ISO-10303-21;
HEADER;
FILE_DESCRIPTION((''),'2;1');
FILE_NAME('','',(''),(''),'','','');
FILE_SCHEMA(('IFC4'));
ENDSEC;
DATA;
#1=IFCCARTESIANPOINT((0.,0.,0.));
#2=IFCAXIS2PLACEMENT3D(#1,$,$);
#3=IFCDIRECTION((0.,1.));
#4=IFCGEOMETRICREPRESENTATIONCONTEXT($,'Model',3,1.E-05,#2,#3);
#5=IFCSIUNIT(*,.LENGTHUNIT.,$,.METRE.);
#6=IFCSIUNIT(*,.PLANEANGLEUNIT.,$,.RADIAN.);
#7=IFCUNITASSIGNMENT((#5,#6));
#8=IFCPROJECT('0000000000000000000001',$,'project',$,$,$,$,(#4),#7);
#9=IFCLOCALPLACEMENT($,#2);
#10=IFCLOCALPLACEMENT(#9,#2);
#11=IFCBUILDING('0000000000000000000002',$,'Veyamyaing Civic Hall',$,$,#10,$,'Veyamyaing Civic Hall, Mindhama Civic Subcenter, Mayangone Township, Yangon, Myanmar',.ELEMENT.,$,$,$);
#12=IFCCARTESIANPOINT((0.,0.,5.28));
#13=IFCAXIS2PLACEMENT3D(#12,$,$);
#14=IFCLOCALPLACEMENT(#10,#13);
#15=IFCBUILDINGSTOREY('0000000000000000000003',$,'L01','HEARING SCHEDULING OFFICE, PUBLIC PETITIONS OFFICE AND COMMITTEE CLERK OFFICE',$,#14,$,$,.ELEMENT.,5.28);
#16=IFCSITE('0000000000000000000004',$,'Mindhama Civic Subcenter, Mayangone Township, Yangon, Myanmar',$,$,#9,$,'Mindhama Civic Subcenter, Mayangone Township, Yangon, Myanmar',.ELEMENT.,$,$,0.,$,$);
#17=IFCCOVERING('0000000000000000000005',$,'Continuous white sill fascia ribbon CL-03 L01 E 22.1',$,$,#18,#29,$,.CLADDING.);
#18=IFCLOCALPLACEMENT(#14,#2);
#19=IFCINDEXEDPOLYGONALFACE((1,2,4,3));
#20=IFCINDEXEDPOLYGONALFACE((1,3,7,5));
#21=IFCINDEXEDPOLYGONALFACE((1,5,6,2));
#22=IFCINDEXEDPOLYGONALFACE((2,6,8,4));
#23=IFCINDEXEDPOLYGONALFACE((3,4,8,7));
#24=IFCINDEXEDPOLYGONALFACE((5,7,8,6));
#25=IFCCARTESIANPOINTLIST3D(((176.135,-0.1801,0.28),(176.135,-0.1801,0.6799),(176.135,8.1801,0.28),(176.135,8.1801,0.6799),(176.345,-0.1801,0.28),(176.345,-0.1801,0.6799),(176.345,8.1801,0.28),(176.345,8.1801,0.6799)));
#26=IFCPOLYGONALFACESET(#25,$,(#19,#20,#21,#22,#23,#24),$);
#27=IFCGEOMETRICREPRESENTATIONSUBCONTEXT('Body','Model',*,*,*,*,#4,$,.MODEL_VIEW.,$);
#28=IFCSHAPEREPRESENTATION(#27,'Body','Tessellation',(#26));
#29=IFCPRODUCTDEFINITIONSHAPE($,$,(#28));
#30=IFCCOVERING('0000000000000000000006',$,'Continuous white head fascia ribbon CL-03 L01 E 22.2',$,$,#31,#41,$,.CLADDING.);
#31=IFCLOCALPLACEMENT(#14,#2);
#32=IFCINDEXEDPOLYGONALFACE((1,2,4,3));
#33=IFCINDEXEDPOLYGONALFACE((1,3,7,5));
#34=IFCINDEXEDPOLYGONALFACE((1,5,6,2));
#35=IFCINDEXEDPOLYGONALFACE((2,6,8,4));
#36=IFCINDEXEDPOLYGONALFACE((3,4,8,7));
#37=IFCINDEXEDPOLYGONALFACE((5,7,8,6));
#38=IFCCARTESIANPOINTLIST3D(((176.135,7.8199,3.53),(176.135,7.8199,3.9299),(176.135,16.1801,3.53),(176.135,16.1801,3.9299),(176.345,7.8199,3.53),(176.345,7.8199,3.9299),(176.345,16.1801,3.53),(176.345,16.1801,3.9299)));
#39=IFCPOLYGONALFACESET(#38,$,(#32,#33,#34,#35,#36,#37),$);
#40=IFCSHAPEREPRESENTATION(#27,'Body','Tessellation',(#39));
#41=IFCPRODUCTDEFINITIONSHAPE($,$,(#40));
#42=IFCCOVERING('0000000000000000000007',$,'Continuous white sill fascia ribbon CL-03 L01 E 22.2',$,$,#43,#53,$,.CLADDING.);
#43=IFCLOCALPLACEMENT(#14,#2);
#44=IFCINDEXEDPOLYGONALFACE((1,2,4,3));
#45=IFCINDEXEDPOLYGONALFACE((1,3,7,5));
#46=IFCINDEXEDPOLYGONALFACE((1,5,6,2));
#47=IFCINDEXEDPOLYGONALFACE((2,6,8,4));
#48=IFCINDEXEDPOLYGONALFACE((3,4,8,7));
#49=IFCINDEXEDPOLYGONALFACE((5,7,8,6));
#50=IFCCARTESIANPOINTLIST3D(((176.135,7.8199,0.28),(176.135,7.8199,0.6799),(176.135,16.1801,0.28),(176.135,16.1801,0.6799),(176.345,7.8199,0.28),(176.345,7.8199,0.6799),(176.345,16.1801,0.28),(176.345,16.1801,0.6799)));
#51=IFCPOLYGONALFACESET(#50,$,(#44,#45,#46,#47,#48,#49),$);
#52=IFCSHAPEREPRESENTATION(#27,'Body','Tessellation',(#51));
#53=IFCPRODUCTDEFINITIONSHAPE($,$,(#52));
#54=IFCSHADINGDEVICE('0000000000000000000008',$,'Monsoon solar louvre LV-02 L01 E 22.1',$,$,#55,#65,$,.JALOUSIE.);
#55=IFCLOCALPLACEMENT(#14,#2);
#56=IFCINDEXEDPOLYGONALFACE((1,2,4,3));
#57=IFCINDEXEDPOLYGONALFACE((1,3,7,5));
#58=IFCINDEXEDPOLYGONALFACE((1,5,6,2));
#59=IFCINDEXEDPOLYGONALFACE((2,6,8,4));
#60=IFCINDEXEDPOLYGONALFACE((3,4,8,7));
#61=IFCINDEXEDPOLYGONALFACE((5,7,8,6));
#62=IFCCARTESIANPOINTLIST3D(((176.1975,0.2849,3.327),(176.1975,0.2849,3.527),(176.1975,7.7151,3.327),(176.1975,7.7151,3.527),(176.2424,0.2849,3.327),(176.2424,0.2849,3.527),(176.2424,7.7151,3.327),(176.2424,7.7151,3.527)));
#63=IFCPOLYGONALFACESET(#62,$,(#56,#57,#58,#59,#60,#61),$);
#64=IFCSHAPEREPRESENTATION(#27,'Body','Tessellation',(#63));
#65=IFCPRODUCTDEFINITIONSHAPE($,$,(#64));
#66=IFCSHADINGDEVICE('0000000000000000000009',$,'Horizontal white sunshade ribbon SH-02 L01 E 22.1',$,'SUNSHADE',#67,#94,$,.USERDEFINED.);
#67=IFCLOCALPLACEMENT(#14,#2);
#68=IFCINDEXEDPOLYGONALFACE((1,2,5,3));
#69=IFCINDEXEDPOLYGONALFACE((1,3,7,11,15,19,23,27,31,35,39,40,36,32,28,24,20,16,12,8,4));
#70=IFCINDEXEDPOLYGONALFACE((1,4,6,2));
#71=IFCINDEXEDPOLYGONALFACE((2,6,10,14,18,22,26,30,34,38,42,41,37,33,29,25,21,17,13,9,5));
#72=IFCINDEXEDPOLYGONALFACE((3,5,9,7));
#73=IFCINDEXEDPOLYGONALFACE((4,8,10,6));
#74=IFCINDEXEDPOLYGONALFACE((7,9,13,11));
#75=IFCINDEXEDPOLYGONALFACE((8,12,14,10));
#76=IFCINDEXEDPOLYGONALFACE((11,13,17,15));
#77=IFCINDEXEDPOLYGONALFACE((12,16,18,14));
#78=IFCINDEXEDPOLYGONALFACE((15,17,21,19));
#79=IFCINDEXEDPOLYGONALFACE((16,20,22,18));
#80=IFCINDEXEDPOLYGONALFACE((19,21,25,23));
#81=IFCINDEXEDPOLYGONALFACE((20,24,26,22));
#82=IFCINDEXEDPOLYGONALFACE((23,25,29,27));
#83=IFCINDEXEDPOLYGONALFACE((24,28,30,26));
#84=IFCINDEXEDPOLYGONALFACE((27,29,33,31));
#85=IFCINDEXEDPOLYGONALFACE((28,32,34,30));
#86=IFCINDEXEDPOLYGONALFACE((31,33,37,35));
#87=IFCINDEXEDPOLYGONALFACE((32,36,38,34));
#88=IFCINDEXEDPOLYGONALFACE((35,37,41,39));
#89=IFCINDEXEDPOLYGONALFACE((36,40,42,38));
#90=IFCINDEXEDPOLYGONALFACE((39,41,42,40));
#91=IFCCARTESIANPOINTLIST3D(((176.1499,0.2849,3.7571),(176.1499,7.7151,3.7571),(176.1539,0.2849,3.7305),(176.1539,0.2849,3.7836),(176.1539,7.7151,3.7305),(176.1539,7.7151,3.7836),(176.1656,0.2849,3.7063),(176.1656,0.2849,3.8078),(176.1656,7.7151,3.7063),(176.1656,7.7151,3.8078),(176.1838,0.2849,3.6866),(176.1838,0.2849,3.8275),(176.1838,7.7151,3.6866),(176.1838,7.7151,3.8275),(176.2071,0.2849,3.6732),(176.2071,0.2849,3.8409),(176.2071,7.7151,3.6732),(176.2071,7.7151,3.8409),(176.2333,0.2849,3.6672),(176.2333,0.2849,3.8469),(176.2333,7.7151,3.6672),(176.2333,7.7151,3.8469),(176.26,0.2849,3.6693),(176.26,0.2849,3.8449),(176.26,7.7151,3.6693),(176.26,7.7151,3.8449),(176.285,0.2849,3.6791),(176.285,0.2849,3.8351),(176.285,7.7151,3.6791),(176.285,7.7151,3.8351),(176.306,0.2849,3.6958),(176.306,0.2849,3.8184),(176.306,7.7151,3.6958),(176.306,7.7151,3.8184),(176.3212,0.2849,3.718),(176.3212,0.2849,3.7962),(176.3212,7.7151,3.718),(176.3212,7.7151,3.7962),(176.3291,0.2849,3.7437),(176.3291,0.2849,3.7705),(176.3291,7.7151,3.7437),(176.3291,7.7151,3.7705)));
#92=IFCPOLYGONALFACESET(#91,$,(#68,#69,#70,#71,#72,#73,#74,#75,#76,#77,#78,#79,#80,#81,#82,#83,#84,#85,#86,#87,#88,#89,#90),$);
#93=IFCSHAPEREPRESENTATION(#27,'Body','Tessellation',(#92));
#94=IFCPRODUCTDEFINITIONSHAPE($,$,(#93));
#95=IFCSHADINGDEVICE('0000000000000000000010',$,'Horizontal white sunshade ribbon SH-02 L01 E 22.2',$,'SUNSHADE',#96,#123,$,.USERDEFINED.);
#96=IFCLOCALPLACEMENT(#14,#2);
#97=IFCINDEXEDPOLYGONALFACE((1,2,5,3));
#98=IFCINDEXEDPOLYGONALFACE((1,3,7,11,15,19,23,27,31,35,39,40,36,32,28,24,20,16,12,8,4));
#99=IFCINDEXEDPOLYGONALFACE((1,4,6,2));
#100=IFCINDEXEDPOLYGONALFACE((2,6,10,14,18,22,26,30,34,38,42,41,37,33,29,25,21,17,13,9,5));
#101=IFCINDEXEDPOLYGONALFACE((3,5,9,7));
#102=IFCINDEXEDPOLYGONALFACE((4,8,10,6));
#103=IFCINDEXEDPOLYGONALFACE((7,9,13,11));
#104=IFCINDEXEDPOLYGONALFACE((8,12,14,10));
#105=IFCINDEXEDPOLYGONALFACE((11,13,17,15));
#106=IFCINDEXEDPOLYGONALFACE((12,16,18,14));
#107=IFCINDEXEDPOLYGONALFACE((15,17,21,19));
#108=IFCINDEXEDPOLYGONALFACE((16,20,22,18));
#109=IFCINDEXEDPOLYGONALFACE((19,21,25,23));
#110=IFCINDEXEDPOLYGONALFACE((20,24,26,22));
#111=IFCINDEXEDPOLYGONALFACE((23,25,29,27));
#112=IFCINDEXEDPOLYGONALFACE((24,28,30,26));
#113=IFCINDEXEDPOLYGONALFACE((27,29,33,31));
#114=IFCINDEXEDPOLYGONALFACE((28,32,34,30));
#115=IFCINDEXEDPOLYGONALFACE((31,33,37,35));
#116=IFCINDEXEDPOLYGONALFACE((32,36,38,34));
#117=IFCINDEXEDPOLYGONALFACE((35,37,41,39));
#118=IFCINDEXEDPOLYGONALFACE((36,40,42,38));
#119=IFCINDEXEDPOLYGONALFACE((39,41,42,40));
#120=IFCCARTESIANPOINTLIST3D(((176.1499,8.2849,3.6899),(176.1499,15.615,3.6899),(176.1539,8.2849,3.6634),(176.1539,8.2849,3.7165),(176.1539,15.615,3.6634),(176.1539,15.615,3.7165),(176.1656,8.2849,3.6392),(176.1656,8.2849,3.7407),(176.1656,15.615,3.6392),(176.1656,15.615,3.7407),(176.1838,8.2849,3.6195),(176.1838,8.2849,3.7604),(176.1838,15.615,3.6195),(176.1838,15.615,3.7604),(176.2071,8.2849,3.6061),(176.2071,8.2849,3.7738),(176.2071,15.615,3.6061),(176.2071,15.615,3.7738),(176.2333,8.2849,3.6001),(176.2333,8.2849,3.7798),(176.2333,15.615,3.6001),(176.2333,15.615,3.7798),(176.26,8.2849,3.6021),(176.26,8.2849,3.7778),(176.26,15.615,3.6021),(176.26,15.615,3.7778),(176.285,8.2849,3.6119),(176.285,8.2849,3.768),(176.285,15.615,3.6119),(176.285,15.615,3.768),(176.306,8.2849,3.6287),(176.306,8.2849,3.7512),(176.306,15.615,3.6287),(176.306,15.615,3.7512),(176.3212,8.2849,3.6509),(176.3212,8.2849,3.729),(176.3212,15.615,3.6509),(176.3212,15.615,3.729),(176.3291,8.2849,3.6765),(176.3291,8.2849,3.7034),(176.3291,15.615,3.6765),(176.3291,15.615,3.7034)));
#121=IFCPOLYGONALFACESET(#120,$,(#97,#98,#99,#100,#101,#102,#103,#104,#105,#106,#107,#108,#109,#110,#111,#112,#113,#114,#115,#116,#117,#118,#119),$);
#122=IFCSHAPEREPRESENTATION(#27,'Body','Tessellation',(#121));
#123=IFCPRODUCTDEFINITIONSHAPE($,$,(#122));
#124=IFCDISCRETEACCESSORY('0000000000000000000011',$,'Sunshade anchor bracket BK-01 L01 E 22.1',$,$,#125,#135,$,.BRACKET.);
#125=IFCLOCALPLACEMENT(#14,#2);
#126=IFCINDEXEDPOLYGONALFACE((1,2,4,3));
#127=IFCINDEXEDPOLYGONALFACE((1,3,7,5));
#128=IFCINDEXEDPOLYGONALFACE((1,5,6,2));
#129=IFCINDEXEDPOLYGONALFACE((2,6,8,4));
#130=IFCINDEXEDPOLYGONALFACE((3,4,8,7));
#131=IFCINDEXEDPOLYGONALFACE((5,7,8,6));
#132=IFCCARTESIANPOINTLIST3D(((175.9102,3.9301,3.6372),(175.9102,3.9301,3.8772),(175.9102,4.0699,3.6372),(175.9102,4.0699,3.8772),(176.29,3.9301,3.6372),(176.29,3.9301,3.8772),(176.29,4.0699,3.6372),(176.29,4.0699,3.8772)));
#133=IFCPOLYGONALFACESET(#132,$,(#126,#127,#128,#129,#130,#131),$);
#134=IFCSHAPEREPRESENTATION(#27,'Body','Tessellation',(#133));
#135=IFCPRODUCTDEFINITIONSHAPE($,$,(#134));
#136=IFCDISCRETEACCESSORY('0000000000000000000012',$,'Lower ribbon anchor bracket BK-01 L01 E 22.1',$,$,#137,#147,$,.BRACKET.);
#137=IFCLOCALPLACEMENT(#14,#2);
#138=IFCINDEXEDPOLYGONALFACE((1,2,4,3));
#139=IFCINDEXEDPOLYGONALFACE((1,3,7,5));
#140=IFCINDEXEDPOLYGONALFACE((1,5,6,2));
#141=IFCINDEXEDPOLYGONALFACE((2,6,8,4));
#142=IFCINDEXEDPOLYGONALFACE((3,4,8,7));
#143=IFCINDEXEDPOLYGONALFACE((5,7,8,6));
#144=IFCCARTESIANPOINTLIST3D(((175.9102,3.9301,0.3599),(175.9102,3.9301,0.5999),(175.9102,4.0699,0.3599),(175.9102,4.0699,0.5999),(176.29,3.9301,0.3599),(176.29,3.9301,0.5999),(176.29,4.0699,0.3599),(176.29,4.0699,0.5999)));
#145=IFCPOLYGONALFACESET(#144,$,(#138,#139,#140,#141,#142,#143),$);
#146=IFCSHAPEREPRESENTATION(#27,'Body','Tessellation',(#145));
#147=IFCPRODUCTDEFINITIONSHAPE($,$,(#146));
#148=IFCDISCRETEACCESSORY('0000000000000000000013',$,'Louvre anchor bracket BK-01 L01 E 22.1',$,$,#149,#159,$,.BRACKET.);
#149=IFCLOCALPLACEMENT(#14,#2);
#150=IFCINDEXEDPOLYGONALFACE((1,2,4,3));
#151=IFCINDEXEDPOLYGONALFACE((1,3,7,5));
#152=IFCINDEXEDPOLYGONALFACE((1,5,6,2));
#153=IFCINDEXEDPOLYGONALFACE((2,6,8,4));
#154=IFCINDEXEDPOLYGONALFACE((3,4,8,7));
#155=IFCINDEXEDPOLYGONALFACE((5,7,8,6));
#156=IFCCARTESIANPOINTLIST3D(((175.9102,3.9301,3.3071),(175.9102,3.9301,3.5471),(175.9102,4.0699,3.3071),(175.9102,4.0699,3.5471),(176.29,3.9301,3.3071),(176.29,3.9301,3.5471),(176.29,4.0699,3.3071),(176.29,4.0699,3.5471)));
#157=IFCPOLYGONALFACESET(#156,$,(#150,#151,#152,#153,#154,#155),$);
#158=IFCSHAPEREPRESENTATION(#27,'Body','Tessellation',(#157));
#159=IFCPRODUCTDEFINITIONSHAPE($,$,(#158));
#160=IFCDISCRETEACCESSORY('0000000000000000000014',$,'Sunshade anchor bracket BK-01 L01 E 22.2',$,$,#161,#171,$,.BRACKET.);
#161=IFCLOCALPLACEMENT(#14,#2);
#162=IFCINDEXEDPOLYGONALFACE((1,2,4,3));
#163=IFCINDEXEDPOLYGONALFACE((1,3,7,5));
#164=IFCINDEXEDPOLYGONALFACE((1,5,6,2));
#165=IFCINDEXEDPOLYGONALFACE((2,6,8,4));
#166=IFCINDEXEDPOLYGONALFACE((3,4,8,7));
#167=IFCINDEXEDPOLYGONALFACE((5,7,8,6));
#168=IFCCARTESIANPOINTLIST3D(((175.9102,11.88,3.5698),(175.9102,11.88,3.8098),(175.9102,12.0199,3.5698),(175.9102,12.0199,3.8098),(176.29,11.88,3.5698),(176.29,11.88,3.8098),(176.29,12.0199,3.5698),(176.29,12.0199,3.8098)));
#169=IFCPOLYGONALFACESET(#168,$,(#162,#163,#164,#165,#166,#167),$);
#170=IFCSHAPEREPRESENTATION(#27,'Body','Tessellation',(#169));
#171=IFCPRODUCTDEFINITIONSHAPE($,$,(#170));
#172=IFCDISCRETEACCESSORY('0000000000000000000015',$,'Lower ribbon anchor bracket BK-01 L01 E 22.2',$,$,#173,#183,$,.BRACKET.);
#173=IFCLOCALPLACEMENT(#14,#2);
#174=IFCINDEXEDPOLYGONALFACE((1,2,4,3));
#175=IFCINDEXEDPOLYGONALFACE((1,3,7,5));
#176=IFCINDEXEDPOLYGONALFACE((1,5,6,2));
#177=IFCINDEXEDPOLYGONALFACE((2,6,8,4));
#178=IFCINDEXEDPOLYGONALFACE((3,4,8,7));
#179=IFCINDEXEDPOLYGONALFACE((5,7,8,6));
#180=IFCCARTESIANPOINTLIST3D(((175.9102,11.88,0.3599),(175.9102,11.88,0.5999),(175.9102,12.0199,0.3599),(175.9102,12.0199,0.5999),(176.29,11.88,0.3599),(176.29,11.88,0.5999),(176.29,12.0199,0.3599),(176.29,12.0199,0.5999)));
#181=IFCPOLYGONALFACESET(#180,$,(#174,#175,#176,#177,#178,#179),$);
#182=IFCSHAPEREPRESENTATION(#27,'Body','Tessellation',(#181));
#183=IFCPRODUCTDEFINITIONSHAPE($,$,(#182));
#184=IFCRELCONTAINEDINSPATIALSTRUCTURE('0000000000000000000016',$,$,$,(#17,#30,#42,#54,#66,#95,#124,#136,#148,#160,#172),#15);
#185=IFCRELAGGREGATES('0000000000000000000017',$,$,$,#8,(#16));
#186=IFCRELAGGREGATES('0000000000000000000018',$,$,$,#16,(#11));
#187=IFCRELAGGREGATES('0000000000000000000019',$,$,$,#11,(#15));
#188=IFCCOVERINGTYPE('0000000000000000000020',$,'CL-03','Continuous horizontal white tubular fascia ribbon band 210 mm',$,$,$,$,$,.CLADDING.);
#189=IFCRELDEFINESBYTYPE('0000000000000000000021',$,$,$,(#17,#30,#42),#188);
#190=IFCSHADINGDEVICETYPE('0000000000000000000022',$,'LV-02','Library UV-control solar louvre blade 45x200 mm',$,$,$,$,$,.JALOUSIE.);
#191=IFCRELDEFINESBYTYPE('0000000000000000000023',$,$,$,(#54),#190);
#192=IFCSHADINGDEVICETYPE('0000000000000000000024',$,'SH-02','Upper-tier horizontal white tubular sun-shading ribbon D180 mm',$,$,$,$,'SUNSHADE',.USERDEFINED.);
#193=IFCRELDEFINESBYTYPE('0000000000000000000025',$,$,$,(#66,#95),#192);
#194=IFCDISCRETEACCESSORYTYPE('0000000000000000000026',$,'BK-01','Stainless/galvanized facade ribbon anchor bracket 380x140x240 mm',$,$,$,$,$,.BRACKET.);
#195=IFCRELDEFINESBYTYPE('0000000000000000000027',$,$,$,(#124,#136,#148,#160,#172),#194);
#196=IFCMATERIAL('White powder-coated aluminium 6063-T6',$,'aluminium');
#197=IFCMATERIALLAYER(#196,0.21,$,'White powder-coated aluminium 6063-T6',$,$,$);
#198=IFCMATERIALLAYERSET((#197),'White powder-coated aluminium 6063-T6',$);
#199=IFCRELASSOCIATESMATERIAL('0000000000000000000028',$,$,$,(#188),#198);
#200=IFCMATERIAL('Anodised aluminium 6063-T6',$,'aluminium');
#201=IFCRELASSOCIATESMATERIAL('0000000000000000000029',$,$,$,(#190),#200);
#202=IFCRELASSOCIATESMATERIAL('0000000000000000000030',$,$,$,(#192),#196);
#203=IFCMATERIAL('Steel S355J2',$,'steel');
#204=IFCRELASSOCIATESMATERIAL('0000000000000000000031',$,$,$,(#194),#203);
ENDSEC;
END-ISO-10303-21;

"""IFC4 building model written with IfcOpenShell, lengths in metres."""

from ifc_helpers import new_model, si_unit, direction, frame, origin, origin_2d, place, context, subcontext, project, spatial, rectangle, circle, extrude, material, layer, layer_set, material_profile, profile_set, type_object, element, save


model = new_model("IFC4")

# Units and contexts
model_context = context("Model", 3, precision=1e-05, world=origin(), true_north=direction((0.0, 1.0)))
body_context = subcontext(model_context, "Body", "Model", "MODEL_VIEW")
ifc_project = project(units=[si_unit("LENGTHUNIT", "METRE"), si_unit("PLANEANGLEUNIT", "RADIAN")], contexts=[model_context])

# Site, building, storey
site_placement = place(None, origin())
site = spatial("IfcSite", under=ifc_project, at=site_placement, Name="Mindhama Civic Subcenter, Mayangone Township, Yangon, Myanmar", LongName="Mindhama Civic Subcenter, Mayangone Township, Yangon, Myanmar", CompositionType="ELEMENT", RefElevation=0.0)
building_placement = place(site_placement, origin())
building = spatial("IfcBuilding", under=site, at=building_placement, Name="Veyamyaing Civic Hall", LongName="Veyamyaing Civic Hall, Mindhama Civic Subcenter, Mayangone Township, Yangon, Myanmar", CompositionType="ELEMENT")
storey_placement = place(building_placement, frame((0.0, 0.0, 5.28)))
storey = spatial("IfcBuildingStorey", under=building, at=storey_placement, Name="L01", Description="HEARING SCHEDULING OFFICE, PUBLIC PETITIONS OFFICE AND COMMITTEE CLERK OFFICE", CompositionType="ELEMENT", Elevation=5.28)

# Shared definitions
ifc_material_1 = material(Name="Anodised aluminium 6063-T6", Category="aluminium")

# Coverings
ifc_material_2 = material(Name="White powder-coated aluminium 6063-T6", Category="aluminium")
ifc_layer_1 = layer(ifc_material_2, 0.21, Name="White powder-coated aluminium 6063-T6")
ifc_layer_set_1 = layer_set([ifc_layer_1], Name="White powder-coated aluminium 6063-T6")
covering_type_1 = type_object("IfcCoveringType", Name="CL-03", Description="Continuous horizontal white tubular fascia ribbon band 210 mm", PredefinedType="CLADDING", material=ifc_layer_set_1)
for number, where, z_axis, x_axis, name in (
    (1, (176.24, 4.0, 0.28), (0.0, 0.0, 1.0), (0.0, 1.0, 0.0), "Continuous white sill fascia ribbon CL-03 L01 E 22.1"),
    (2, (176.24, 12.0, 3.53), (0.0, 0.0, 1.0), (0.0, 1.0, 0.0), "Continuous white head fascia ribbon CL-03 L01 E 22.2"),
    (3, (176.24, 12.0, 0.28), (0.0, 0.0, 1.0), (0.0, 1.0, 0.0), "Continuous white sill fascia ribbon CL-03 L01 E 22.2"),
):
    element("IfcCovering", number, at=place(storey_placement, frame(where, z_axis=z_axis, x_axis=x_axis)), inside=storey, type_object=covering_type_1, Name=name, PredefinedType="CLADDING", context=body_context, shape_type="SweptSolid", body=[
        extrude(rectangle(XDim=8.3601, YDim=0.21, at=origin_2d()), origin(), (0.0, 0.0, 1.0), 0.3999),
    ])

# Shading devices
ifc_material_profile_1 = material_profile(ifc_material_1, rectangle(XDim=0.0449, YDim=0.2, at=origin_2d()), Name="LOUVRE-BLADE-45X200")
ifc_profile_set_1 = profile_set([ifc_material_profile_1], Name="Anodised aluminium 6063-T6")
shading_device_type_1 = type_object("IfcShadingDeviceType", Name="LV-02", Description="Library UV-control solar louvre blade 45x200 mm", PredefinedType="JALOUSIE", material=ifc_profile_set_1)
shading_device_1_placement = place(storey_placement, frame((176.22, 0.2849, 3.427), z_axis=(0.0, 1.0, 0.0), x_axis=(-1.0, 0.0, 0.0)))
element("IfcShadingDevice", 4, at=shading_device_1_placement, inside=storey, type_object=shading_device_type_1, Name="Monsoon solar louvre LV-02 L01 E 22.1", PredefinedType="JALOUSIE", context=body_context, shape_type="SweptSolid", body=[
    extrude(rectangle(XDim=0.0449, YDim=0.2, at=origin_2d()), origin(), (0.0, 0.0, 1.0), 7.4302),
])
ifc_material_profile_2 = material_profile(ifc_material_2, circle(Radius=0.0901, at=origin_2d()), Name="SHADE-TUBE-180")
ifc_profile_set_2 = profile_set([ifc_material_profile_2], Name="White powder-coated aluminium 6063-T6")
shading_device_type_2 = type_object("IfcShadingDeviceType", Name="SH-02", Description="Upper-tier horizontal white tubular sun-shading ribbon D180 mm", ElementType="SUNSHADE", PredefinedType="USERDEFINED", material=ifc_profile_set_2)
shading_device_2_placement = place(storey_placement, frame((176.24, 0.2849, 3.7571), z_axis=(0.0, 1.0, 0.0), x_axis=(-1.0, 0.0, 0.0)))
element("IfcShadingDevice", 5, at=shading_device_2_placement, inside=storey, type_object=shading_device_type_2, Name="Horizontal white sunshade ribbon SH-02 L01 E 22.1", ObjectType="SUNSHADE", PredefinedType="USERDEFINED", context=body_context, shape_type="SweptSolid", body=[
    extrude(circle(Radius=0.0901, at=origin_2d()), origin(), (0.0, 0.0, 1.0), 7.4302),
])
shading_device_3_placement = place(storey_placement, frame((176.24, 8.2849, 3.6899), z_axis=(0.0, 1.0, 0.0), x_axis=(-1.0, 0.0, 0.0)))
element("IfcShadingDevice", 6, at=shading_device_3_placement, inside=storey, type_object=shading_device_type_2, Name="Horizontal white sunshade ribbon SH-02 L01 E 22.2", ObjectType="SUNSHADE", PredefinedType="USERDEFINED", context=body_context, shape_type="SweptSolid", body=[
    extrude(circle(Radius=0.0901, at=origin_2d()), origin(), (0.0, 0.0, 1.0), 7.3301),
])

# Discrete accessories
ifc_material_3 = material(Name="Steel S355J2", Category="steel")
discrete_accessory_type = type_object("IfcDiscreteAccessoryType", Name="BK-01", Description="Stainless/galvanized facade ribbon anchor bracket 380x140x240 mm", PredefinedType="BRACKET", material=ifc_material_3)
for number, where, z_axis, x_axis, name in (
    (7, (176.1001, 4.0, 3.6372), (0.0, 0.0, 1.0), (1.0, 0.0, 0.0), "Sunshade anchor bracket BK-01 L01 E 22.1"),
    (8, (176.1001, 4.0, 0.3599), (0.0, 0.0, 1.0), (1.0, 0.0, 0.0), "Lower ribbon anchor bracket BK-01 L01 E 22.1"),
    (9, (176.1001, 4.0, 3.3071), (0.0, 0.0, 1.0), (1.0, 0.0, 0.0), "Louvre anchor bracket BK-01 L01 E 22.1"),
    (10, (176.1001, 11.95, 3.5698), (0.0, 0.0, 1.0), (1.0, 0.0, 0.0), "Sunshade anchor bracket BK-01 L01 E 22.2"),
    (11, (176.1001, 11.95, 0.3599), (0.0, 0.0, 1.0), (1.0, 0.0, 0.0), "Lower ribbon anchor bracket BK-01 L01 E 22.2"),
):
    element("IfcDiscreteAccessory", number, at=place(storey_placement, frame(where, z_axis=z_axis, x_axis=x_axis)), inside=storey, type_object=discrete_accessory_type, Name=name, PredefinedType="BRACKET", context=body_context, shape_type="SweptSolid", body=[
        extrude(rectangle(XDim=0.3799, YDim=0.1399, at=origin_2d()), origin(), (0.0, 0.0, 1.0), 0.24),
    ])

save(model, "model.ifc")
